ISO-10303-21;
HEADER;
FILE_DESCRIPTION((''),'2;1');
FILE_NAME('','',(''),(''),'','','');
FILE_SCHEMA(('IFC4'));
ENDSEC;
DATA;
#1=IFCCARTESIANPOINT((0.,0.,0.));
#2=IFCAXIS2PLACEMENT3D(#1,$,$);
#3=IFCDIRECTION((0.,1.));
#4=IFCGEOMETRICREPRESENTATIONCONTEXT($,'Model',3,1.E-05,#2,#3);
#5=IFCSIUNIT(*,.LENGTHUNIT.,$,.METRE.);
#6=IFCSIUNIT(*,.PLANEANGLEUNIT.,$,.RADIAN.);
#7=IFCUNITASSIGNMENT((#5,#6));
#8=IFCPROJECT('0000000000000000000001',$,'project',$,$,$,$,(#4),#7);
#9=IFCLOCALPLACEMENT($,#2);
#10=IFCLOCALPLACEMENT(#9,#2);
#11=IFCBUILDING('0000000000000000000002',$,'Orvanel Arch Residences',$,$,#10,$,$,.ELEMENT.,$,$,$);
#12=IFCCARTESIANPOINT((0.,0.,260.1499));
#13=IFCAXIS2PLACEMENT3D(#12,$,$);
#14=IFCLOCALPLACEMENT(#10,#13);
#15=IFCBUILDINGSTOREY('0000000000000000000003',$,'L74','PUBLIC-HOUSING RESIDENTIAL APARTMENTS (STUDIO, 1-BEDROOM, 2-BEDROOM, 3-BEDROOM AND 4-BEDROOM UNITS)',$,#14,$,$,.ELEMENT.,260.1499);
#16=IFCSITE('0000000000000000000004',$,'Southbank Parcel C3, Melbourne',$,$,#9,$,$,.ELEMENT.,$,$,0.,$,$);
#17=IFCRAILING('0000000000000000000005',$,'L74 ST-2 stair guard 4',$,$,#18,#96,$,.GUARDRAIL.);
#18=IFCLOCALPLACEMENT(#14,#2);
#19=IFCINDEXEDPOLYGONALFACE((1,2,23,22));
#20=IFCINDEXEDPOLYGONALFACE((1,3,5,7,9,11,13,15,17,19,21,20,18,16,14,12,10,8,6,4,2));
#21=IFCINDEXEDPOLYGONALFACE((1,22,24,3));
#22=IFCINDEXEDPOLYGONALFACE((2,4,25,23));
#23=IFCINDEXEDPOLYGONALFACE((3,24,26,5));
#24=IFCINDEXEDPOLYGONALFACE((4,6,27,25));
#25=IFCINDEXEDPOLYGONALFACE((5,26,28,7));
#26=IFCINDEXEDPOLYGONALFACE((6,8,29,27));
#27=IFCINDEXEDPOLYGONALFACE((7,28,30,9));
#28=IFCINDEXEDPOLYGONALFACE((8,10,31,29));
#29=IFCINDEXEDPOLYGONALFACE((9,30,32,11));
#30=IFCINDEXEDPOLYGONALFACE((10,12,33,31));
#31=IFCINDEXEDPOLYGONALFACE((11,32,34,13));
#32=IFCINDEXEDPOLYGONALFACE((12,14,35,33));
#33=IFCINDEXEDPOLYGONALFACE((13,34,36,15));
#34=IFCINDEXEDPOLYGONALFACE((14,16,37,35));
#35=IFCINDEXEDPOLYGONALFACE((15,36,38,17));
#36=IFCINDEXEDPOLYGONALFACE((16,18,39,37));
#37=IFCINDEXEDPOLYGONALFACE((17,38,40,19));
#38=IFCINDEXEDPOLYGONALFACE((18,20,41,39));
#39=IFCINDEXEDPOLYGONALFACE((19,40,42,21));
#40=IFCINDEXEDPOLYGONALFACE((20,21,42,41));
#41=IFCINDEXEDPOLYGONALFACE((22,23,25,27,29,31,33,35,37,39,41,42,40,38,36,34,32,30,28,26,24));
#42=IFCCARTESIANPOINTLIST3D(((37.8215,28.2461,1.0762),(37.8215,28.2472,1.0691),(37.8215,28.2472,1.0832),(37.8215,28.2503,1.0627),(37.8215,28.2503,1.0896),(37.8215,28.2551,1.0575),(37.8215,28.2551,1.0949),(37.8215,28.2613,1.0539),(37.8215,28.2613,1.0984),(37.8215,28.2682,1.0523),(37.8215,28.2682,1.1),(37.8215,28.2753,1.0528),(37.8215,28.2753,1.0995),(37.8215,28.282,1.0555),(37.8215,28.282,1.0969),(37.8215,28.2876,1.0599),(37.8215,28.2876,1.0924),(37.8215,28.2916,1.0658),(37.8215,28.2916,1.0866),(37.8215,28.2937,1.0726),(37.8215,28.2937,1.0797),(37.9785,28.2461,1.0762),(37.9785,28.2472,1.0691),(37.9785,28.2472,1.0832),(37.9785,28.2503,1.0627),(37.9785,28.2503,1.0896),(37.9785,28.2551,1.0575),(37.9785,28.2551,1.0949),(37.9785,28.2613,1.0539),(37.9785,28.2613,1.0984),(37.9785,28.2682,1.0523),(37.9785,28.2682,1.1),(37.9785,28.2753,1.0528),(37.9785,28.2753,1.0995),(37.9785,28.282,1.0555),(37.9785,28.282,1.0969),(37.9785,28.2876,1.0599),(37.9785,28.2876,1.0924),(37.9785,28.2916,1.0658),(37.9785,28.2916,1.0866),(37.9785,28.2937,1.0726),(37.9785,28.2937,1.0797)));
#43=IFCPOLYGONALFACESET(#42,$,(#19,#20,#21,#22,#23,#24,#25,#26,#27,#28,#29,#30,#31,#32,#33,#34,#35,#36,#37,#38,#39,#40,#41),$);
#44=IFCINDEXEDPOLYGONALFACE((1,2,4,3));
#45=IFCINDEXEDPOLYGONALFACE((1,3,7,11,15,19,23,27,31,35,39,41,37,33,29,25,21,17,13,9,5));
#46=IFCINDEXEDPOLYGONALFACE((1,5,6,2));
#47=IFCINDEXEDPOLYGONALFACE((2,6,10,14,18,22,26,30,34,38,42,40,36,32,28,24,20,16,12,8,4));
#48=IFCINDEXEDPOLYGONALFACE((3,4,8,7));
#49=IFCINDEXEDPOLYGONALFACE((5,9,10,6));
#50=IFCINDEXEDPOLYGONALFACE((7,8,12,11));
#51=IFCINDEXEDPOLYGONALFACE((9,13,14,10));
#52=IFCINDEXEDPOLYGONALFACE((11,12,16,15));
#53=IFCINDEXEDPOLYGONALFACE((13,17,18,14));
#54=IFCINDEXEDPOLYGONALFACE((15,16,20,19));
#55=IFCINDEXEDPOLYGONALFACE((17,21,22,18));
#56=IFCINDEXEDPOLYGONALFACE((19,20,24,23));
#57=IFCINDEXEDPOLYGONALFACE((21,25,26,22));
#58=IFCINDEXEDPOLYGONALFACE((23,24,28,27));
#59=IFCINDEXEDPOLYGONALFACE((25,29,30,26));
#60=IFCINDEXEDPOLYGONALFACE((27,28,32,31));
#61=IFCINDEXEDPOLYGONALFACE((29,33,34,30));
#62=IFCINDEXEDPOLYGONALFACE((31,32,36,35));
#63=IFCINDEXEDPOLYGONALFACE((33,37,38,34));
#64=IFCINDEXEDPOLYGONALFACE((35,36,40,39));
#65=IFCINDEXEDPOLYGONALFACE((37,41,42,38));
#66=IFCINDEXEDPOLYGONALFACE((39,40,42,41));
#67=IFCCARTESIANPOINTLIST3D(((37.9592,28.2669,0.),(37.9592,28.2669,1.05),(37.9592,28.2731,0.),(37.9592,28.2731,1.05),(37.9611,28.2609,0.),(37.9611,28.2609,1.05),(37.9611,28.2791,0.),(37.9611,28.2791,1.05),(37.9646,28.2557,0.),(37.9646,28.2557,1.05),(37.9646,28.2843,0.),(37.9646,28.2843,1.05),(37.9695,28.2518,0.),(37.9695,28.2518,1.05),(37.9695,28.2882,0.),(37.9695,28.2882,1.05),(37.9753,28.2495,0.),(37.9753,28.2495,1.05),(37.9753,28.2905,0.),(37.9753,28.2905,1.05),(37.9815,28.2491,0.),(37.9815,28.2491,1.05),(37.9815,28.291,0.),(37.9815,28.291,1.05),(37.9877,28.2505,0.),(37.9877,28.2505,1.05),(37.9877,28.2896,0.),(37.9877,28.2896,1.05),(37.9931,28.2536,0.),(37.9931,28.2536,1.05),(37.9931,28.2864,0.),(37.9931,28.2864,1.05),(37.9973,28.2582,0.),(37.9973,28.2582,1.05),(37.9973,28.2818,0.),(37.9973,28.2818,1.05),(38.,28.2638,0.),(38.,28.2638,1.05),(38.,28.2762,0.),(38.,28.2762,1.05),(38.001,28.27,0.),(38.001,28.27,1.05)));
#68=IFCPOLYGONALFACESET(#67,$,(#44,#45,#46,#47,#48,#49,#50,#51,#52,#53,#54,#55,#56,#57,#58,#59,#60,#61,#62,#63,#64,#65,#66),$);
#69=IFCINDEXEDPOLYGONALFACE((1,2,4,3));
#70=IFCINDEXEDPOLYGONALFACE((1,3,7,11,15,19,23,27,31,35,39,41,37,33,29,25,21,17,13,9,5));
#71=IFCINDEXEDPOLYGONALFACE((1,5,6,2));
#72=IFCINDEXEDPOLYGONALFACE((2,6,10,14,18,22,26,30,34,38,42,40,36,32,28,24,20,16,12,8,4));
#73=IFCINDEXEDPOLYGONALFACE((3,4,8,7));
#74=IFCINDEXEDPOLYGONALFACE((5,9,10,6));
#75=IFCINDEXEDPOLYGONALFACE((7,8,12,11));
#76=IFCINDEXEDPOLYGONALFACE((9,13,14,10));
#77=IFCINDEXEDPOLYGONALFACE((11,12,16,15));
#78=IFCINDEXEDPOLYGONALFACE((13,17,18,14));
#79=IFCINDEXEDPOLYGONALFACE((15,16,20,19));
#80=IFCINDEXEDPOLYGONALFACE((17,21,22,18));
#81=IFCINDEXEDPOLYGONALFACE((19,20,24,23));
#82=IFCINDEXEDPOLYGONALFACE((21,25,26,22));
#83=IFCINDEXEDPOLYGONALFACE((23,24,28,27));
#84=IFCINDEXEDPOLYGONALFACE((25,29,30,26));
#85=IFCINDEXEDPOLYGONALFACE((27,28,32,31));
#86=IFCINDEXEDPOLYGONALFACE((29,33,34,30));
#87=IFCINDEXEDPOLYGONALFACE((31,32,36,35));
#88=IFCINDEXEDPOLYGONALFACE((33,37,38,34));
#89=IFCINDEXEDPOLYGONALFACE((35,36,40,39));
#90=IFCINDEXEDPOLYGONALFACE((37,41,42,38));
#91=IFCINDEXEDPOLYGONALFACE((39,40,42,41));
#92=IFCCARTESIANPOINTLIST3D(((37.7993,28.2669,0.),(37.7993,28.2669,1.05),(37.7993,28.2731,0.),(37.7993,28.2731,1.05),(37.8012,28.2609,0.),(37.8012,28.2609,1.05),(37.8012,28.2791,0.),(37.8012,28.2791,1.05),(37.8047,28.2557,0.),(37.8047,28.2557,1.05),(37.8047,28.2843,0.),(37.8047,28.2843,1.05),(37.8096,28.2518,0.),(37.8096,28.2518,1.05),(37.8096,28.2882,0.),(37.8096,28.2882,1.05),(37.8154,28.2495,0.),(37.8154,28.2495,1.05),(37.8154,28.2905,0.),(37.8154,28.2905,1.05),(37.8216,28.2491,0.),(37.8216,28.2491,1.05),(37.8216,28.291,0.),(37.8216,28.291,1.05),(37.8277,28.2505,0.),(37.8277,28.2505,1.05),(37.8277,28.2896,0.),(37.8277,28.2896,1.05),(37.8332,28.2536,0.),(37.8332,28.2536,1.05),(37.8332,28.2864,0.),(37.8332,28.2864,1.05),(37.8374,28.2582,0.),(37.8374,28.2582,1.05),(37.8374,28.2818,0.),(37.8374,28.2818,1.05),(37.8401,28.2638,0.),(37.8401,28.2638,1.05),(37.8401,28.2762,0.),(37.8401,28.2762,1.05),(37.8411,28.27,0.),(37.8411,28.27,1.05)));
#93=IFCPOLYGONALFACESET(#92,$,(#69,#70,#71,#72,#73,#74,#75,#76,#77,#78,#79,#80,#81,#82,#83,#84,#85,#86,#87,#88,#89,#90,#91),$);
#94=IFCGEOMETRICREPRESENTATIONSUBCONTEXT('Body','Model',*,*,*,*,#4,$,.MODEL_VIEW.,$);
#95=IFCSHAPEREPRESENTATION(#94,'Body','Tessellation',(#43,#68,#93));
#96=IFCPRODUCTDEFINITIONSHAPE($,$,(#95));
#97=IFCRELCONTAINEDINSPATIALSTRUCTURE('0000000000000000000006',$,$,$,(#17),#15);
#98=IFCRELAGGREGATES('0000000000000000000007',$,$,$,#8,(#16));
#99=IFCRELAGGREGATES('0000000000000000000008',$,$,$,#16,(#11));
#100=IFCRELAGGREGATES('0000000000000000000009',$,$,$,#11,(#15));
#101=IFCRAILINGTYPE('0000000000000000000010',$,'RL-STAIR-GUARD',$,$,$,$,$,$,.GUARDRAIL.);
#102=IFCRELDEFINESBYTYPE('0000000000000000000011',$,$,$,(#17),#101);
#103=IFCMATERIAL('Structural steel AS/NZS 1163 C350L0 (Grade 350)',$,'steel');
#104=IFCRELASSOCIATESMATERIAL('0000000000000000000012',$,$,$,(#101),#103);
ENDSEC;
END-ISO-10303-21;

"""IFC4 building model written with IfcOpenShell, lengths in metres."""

from ifc_helpers import new_model, si_unit, direction, frame, origin, origin_2d, place, context, subcontext, project, spatial, circle, extrude, material, type_object, element, save


model = new_model("IFC4")

# Units and contexts
model_context = context("Model", 3, precision=1e-05, world=origin(), true_north=direction((0.0, 1.0)))
body_context = subcontext(model_context, "Body", "Model", "MODEL_VIEW")
ifc_project = project(units=[si_unit("LENGTHUNIT", "METRE"), si_unit("PLANEANGLEUNIT", "RADIAN")], contexts=[model_context])

# Site, building, storey
site_placement = place(None, origin())
site = spatial("IfcSite", under=ifc_project, at=site_placement, Name="Southbank Parcel C3, Melbourne", CompositionType="ELEMENT", RefElevation=0.0)
building_placement = place(site_placement, origin())
building = spatial("IfcBuilding", under=site, at=building_placement, Name="Orvanel Arch Residences", CompositionType="ELEMENT")
storey_placement = place(building_placement, frame((0.0, 0.0, 260.1499)))
storey = spatial("IfcBuildingStorey", under=building, at=storey_placement, Name="L74", Description="PUBLIC-HOUSING RESIDENTIAL APARTMENTS (STUDIO, 1-BEDROOM, 2-BEDROOM, 3-BEDROOM AND 4-BEDROOM UNITS)", CompositionType="ELEMENT", Elevation=260.1499)

# Railing
ifc_material_1 = material(Name="Structural steel AS/NZS 1163 C350L0 (Grade 350)", Category="steel")
railing_type_1 = type_object("IfcRailingType", Name="RL-STAIR-GUARD", PredefinedType="GUARDRAIL", material=ifc_material_1)
railing_1_placement = place(storey_placement, frame((37.98, 28.27, 0.0)))
element("IfcRailing", 1, at=railing_1_placement, inside=storey, type_object=railing_type_1, Name="L74 ST-2 stair guard 4", PredefinedType="GUARDRAIL", context=body_context, shape_type="SweptSolid", body=[
    extrude(circle(Radius=0.0239, at=origin_2d()), frame((-0.0015, 0.0, 1.0762), z_axis=(-1.0, 0.0, 0.0), x_axis=(0.0, -1.0, 0.0)), (0.0, 0.0, 1.0), 0.157),
    extrude(circle(Radius=0.021, at=origin_2d()), origin(), (0.0, 0.0, 1.0), 1.05),
    extrude(circle(Radius=0.021, at=origin_2d()), frame((-0.1599, 0.0, 0.0)), (0.0, 0.0, 1.0), 1.05),
])

save(model, "model.ifc")
